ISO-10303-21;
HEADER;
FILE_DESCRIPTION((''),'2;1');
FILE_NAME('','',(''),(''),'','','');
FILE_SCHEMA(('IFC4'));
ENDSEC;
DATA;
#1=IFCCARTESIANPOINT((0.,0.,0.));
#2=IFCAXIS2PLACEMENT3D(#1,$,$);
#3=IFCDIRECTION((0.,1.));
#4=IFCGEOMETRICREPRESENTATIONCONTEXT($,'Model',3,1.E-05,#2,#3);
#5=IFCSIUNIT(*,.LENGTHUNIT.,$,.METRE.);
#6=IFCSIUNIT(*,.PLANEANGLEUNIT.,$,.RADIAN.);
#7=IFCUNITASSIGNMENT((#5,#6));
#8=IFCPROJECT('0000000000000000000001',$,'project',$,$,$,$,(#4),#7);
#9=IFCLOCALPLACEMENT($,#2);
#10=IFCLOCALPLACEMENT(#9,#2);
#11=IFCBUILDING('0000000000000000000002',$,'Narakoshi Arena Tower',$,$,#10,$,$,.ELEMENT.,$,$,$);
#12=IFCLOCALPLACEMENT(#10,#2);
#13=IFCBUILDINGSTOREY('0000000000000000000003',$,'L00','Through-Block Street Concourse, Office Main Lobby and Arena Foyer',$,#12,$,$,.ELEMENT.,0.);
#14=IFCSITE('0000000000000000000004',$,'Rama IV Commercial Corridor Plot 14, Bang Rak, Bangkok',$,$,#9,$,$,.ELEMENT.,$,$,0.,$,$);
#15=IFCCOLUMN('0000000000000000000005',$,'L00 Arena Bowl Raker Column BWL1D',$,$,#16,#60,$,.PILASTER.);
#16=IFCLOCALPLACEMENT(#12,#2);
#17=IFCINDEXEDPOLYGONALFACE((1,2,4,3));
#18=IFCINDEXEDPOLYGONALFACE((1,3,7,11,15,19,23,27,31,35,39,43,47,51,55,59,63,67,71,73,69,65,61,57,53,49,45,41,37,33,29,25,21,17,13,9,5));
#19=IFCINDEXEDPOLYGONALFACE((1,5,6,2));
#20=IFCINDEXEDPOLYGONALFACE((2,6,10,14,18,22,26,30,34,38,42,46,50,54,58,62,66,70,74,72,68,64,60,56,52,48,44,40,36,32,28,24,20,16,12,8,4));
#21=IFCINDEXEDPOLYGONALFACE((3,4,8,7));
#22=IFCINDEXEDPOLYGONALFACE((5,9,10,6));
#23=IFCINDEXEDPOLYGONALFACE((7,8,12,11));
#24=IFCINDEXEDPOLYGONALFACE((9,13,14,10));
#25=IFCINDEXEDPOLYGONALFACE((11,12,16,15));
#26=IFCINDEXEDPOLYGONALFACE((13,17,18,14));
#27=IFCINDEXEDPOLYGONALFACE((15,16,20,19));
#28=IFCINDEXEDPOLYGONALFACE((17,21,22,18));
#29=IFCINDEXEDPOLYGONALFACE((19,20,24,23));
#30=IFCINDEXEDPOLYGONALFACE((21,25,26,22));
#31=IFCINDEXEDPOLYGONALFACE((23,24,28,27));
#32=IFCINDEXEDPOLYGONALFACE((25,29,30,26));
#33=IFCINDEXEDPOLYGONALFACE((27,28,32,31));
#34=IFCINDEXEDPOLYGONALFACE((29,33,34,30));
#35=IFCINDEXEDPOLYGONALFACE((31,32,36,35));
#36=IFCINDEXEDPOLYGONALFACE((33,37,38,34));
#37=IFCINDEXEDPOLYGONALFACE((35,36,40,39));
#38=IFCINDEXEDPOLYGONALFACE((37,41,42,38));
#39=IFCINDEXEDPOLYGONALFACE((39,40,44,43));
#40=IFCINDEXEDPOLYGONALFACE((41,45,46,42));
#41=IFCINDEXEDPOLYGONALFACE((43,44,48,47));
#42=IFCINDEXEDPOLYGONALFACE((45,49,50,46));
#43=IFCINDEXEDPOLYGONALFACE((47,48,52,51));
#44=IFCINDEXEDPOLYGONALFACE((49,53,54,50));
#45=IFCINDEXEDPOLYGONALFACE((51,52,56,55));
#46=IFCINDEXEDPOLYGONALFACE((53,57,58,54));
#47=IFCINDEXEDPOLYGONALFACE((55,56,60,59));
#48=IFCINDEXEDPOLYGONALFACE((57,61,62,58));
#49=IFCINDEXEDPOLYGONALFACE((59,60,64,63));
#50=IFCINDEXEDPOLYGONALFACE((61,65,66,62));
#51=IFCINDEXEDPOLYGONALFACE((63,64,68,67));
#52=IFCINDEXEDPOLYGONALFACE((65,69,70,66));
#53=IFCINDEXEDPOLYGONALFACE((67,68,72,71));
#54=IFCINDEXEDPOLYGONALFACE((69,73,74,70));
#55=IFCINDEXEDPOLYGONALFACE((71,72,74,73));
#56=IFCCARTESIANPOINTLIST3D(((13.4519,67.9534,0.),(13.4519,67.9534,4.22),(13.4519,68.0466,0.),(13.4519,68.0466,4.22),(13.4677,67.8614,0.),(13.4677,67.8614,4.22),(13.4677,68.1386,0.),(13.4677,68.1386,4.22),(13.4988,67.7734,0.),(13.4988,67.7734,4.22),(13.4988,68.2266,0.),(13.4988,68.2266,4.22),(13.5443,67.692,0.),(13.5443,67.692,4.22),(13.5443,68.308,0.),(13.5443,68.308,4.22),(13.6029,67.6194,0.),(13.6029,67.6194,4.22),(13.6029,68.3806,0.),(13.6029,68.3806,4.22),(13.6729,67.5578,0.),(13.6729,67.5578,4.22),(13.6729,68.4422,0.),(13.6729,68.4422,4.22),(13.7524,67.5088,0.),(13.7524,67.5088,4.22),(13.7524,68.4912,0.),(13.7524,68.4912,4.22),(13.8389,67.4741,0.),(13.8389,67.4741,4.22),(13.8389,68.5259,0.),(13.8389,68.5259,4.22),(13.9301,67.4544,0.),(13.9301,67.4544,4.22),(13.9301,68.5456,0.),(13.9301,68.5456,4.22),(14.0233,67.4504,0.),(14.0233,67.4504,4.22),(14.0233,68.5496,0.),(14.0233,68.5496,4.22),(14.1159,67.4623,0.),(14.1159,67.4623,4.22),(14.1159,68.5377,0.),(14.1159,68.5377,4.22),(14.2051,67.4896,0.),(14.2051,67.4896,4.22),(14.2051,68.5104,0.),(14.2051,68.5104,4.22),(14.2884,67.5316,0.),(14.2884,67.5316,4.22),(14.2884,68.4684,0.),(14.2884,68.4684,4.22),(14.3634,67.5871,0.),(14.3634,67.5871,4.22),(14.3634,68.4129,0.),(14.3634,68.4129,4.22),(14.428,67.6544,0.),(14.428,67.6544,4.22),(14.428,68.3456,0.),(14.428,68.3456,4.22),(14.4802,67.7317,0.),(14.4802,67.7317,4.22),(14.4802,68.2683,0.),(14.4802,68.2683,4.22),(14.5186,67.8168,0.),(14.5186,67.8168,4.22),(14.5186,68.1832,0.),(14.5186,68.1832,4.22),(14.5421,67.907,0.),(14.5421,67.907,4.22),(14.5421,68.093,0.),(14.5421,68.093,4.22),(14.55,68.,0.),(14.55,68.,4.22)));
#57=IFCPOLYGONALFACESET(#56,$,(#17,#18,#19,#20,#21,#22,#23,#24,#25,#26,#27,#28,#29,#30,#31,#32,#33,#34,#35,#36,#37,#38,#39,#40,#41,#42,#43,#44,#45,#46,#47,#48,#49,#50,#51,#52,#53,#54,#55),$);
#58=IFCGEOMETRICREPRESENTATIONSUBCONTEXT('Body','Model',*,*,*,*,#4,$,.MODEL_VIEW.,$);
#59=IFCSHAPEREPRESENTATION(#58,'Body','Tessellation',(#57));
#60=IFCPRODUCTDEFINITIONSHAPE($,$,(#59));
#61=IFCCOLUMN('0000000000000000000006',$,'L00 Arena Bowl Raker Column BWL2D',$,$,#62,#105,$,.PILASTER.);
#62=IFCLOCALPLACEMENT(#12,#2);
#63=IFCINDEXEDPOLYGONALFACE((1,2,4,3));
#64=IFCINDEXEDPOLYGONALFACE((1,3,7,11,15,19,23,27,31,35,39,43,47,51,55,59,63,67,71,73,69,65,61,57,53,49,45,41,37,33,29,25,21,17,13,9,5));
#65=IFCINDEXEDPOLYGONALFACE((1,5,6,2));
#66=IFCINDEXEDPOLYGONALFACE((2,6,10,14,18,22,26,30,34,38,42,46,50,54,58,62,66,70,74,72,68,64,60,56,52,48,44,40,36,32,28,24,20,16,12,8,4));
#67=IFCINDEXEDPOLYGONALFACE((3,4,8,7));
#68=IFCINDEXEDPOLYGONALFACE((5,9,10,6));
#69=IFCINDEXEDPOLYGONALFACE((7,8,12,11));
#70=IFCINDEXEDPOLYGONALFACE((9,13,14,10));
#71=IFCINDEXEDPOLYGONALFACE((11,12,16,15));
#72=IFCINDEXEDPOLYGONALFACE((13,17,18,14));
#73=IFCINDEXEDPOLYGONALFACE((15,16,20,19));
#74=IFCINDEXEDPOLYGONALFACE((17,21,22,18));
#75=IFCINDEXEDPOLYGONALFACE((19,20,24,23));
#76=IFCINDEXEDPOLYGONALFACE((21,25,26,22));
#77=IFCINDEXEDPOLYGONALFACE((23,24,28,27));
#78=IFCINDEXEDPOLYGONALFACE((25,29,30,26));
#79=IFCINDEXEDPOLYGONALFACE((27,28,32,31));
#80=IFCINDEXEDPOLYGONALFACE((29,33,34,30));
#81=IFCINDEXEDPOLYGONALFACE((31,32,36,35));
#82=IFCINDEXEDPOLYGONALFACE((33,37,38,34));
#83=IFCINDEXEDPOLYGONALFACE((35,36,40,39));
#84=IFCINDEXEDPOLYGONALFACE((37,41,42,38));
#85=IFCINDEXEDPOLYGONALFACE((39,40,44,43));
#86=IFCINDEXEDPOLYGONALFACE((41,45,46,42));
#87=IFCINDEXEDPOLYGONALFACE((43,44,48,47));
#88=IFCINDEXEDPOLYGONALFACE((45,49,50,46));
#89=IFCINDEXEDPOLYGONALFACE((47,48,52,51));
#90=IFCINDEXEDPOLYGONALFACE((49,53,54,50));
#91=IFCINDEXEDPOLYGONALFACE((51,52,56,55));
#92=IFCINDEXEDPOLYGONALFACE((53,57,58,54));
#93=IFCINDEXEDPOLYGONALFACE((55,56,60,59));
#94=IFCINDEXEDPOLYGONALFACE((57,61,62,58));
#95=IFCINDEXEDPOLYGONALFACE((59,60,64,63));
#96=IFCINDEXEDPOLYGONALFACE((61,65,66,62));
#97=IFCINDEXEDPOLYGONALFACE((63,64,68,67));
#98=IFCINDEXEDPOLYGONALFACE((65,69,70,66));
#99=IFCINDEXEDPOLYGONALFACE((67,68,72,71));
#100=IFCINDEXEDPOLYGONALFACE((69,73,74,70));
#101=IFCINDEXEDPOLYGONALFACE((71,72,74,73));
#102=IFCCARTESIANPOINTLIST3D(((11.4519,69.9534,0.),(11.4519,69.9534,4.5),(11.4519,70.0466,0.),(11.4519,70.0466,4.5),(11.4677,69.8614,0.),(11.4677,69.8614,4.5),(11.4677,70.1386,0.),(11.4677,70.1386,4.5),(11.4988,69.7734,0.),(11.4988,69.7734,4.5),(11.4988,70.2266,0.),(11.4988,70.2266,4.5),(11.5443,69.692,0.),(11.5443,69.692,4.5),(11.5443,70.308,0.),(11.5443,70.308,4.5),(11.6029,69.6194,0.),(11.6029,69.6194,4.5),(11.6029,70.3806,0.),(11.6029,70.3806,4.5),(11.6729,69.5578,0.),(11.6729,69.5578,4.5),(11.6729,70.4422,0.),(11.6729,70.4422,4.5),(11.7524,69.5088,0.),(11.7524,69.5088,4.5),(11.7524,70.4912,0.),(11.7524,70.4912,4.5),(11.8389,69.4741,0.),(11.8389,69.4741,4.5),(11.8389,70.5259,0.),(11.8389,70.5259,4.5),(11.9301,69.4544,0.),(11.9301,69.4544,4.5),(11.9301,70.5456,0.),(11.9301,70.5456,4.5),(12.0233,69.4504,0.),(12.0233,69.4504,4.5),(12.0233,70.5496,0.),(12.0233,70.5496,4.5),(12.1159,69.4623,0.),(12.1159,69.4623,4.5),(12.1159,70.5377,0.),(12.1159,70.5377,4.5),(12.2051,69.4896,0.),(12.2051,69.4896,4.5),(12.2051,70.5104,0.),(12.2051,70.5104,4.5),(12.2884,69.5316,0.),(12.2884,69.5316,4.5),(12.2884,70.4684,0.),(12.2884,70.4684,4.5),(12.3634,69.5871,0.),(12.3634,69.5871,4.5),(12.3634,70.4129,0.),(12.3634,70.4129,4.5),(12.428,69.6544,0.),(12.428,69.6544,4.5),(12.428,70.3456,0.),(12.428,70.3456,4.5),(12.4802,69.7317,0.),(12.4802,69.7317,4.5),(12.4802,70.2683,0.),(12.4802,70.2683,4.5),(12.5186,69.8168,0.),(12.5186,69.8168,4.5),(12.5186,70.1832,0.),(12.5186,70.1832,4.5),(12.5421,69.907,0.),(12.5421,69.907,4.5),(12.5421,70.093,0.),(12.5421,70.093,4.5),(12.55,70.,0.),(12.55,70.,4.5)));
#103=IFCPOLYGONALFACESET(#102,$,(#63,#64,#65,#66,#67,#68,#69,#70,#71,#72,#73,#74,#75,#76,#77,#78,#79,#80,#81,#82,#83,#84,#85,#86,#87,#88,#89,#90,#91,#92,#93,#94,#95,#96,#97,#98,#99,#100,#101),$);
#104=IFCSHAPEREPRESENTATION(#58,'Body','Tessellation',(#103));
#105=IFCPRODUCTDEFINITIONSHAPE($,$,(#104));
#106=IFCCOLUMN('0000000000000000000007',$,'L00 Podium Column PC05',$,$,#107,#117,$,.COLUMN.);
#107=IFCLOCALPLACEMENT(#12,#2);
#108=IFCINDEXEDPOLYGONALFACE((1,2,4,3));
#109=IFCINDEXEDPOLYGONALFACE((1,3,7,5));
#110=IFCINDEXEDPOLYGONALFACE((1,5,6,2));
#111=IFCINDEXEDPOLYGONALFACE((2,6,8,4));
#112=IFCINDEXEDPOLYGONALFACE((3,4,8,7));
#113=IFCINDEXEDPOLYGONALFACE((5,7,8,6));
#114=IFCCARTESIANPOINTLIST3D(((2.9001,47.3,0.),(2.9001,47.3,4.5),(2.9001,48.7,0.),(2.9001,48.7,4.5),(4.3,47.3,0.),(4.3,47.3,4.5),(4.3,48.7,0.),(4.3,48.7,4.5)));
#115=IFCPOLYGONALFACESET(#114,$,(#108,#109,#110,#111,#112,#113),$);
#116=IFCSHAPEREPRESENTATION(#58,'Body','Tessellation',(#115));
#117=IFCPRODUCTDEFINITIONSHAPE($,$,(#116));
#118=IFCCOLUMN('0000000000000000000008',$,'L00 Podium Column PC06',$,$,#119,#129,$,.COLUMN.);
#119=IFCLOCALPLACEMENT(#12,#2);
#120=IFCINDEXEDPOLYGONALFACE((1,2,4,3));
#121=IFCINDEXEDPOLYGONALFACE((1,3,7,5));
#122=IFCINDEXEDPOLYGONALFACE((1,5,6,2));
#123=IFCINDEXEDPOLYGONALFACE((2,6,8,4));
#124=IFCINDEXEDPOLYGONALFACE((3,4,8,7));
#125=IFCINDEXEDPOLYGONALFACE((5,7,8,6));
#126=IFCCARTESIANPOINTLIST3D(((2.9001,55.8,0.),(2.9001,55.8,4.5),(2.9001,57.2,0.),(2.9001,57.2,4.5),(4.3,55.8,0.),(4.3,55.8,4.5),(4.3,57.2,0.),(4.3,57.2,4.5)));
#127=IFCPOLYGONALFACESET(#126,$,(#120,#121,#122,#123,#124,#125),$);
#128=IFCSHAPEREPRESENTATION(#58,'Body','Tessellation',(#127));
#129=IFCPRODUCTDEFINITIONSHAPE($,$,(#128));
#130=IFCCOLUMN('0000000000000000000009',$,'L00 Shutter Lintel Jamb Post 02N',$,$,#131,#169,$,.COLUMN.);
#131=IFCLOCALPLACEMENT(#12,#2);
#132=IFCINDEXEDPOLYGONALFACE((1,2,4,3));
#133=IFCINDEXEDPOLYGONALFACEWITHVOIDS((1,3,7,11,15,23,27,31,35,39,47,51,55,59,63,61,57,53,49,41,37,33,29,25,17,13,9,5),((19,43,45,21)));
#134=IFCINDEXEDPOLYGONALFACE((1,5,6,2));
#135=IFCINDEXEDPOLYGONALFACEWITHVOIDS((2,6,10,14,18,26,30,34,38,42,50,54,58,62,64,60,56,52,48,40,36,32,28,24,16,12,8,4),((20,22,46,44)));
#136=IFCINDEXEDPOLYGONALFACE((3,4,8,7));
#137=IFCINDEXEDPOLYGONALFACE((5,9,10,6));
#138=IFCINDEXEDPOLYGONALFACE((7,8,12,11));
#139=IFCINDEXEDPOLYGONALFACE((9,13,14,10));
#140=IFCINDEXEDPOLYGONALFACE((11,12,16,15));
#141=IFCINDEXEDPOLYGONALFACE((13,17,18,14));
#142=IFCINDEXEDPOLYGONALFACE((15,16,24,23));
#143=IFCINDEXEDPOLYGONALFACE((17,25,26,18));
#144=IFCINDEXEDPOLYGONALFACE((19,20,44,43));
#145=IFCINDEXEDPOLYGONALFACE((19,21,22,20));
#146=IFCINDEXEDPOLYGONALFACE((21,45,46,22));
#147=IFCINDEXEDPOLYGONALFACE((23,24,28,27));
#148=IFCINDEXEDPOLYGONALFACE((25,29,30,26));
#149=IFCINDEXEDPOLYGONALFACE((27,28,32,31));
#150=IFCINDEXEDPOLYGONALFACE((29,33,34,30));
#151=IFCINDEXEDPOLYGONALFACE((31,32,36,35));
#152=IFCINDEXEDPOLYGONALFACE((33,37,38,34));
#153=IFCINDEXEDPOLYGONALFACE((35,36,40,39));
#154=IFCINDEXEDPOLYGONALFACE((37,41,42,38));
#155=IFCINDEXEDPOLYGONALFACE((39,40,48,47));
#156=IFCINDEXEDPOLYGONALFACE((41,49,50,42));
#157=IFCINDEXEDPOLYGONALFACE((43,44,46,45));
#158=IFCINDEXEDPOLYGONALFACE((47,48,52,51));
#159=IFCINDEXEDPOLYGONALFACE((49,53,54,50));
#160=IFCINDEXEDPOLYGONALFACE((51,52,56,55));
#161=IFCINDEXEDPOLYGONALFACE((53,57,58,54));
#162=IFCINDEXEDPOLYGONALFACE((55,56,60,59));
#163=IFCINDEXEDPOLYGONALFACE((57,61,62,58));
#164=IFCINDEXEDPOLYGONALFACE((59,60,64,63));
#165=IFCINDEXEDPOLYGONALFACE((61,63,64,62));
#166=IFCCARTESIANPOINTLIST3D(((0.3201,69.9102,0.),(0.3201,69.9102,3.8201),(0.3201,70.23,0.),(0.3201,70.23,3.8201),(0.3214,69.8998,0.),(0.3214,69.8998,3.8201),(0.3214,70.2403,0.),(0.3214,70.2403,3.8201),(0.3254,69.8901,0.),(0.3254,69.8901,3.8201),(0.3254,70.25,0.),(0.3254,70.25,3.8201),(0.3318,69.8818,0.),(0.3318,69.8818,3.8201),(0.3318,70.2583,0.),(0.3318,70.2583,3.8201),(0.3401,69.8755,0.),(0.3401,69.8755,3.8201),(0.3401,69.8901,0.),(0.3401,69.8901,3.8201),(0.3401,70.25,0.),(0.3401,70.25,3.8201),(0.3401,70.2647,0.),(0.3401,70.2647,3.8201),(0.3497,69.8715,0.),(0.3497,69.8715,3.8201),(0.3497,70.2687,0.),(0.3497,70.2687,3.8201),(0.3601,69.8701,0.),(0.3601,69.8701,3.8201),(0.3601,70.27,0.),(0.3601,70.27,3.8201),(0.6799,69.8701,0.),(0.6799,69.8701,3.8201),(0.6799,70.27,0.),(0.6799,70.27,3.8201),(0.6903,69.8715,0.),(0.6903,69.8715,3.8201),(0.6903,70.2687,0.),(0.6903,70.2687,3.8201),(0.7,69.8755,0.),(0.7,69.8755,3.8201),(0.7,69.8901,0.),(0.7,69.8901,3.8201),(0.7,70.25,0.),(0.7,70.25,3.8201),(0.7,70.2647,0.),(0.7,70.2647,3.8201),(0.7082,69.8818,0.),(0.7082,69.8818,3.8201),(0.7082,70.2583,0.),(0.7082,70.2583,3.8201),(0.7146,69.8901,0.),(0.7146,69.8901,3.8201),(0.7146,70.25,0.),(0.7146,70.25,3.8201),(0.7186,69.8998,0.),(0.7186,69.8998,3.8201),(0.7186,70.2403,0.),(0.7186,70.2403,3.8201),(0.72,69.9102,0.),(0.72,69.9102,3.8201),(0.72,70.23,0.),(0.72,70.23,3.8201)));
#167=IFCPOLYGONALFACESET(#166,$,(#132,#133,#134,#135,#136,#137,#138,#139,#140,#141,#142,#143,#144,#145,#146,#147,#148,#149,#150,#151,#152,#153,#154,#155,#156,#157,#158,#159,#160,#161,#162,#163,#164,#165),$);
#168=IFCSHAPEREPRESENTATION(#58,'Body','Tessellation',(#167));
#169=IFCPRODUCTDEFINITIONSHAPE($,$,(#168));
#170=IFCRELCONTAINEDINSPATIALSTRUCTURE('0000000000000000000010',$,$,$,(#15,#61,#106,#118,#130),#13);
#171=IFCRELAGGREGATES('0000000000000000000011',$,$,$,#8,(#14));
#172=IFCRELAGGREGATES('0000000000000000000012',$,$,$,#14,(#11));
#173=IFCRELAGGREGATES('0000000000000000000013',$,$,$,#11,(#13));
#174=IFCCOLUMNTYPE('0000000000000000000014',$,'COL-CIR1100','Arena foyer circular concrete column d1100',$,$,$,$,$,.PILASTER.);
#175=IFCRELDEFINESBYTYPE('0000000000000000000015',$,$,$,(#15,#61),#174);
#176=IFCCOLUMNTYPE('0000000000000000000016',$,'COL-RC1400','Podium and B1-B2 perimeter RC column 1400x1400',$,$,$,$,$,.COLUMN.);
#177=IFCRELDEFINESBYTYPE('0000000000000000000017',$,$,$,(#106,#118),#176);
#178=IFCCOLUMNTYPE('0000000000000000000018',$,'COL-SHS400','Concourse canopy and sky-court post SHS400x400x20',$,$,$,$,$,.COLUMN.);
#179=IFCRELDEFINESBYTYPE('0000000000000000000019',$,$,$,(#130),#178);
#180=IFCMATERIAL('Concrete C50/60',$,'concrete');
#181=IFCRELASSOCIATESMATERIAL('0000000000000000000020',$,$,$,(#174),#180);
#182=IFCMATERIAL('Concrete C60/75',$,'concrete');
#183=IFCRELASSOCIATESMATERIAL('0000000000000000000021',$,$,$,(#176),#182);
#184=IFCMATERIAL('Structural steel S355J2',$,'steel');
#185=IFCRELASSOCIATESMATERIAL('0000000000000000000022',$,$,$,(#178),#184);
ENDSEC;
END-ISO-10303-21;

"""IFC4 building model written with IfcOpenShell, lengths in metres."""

from ifc_helpers import new_model, si_unit, direction, frame, origin, origin_2d, place, context, subcontext, project, spatial, rectangle, hollow_rectangle, circle, extrude, material, material_profile, profile_set, type_object, element, save


model = new_model("IFC4")

# Units and contexts
model_context = context("Model", 3, precision=1e-05, world=origin(), true_north=direction((0.0, 1.0)))
body_context = subcontext(model_context, "Body", "Model", "MODEL_VIEW")
ifc_project = project(units=[si_unit("LENGTHUNIT", "METRE"), si_unit("PLANEANGLEUNIT", "RADIAN")], contexts=[model_context])

# Site, building, storey
site_placement = place(None, origin())
site = spatial("IfcSite", under=ifc_project, at=site_placement, Name="Rama IV Commercial Corridor Plot 14, Bang Rak, Bangkok", CompositionType="ELEMENT", RefElevation=0.0)
building_placement = place(site_placement, origin())
building = spatial("IfcBuilding", under=site, at=building_placement, Name="Narakoshi Arena Tower", CompositionType="ELEMENT")
storey_placement = place(building_placement, origin())
storey = spatial("IfcBuildingStorey", under=building, at=storey_placement, Name="L00", Description="Through-Block Street Concourse, Office Main Lobby and Arena Foyer", CompositionType="ELEMENT", Elevation=0.0)

# Columns
ifc_material_1 = material(Name="Concrete C50/60", Category="concrete")
ifc_material_profile_1 = material_profile(ifc_material_1, circle(Radius=0.55, at=origin_2d()), Name="RCC1100")
ifc_profile_set_1 = profile_set([ifc_material_profile_1], Name="Concrete C50/60")
column_type_1 = type_object("IfcColumnType", Name="COL-CIR1100", Description="Arena foyer circular concrete column d1100", PredefinedType="PILASTER", material=ifc_profile_set_1)
column_1_placement = place(storey_placement, frame((14.0, 68.0, 0.0), z_axis=(0.0, 0.0, 1.0), x_axis=(1.0, 0.0, 0.0)))
element("IfcColumn", 1, at=column_1_placement, inside=storey, type_object=column_type_1, Name="L00 Arena Bowl Raker Column BWL1D", PredefinedType="PILASTER", context=body_context, shape_type="SweptSolid", body=[
    extrude(circle(Radius=0.55, at=origin_2d()), origin(), (0.0, 0.0, 1.0), 4.22),
])
column_2_placement = place(storey_placement, frame((12.0, 70.0, 0.0), z_axis=(0.0, 0.0, 1.0), x_axis=(1.0, 0.0, 0.0)))
element("IfcColumn", 2, at=column_2_placement, inside=storey, type_object=column_type_1, Name="L00 Arena Bowl Raker Column BWL2D", PredefinedType="PILASTER", context=body_context, shape_type="SweptSolid", body=[
    extrude(circle(Radius=0.55, at=origin_2d()), origin(), (0.0, 0.0, 1.0), 4.5),
])
ifc_material_2 = material(Name="Concrete C60/75", Category="concrete")
ifc_material_profile_2 = material_profile(ifc_material_2, rectangle(XDim=1.3999, YDim=1.3999, at=origin_2d()), Name="RC1400x1400")
ifc_profile_set_2 = profile_set([ifc_material_profile_2], Name="Concrete C60/75")
column_type_2 = type_object("IfcColumnType", Name="COL-RC1400", Description="Podium and B1-B2 perimeter RC column 1400x1400", PredefinedType="COLUMN", material=ifc_profile_set_2)
for number, where, z_axis, x_axis, name in (
    (3, (3.6001, 48.0, 0.0), (0.0, 0.0, 1.0), (1.0, 0.0, 0.0), "L00 Podium Column PC05"),
    (4, (3.6001, 56.5, 0.0), (0.0, 0.0, 1.0), (1.0, 0.0, 0.0), "L00 Podium Column PC06"),
):
    element("IfcColumn", number, at=place(storey_placement, frame(where, z_axis=z_axis, x_axis=x_axis)), inside=storey, type_object=column_type_2, Name=name, PredefinedType="COLUMN", context=body_context, shape_type="SweptSolid", body=[
        extrude(rectangle(XDim=1.3999, YDim=1.3999, at=origin_2d()), origin(), (0.0, 0.0, 1.0), 4.5),
    ])
ifc_material_3 = material(Name="Structural steel S355J2", Category="steel")
ifc_material_profile_3 = material_profile(ifc_material_3, hollow_rectangle(XDim=0.3999, YDim=0.3999, WallThickness=0.02, OuterFilletRadius=0.04, at=origin_2d()), Name="SHS400x400x20")
ifc_profile_set_3 = profile_set([ifc_material_profile_3], Name="Structural steel S355J2")
column_type_3 = type_object("IfcColumnType", Name="COL-SHS400", Description="Concourse canopy and sky-court post SHS400x400x20", PredefinedType="COLUMN", material=ifc_profile_set_3)
for number, where, z_axis, x_axis, name in (
    (5, (0.52, 70.0701, 0.0), (0.0, 0.0, 1.0), (1.0, 0.0, 0.0), "L00 Shutter Lintel Jamb Post 02N"),
):
    element("IfcColumn", number, at=place(storey_placement, frame(where, z_axis=z_axis, x_axis=x_axis)), inside=storey, type_object=column_type_3, Name=name, PredefinedType="COLUMN", context=body_context, shape_type="SweptSolid", body=[
        extrude(hollow_rectangle(XDim=0.3999, YDim=0.3999, WallThickness=0.02, OuterFilletRadius=0.04, at=origin_2d()), origin(), (0.0, 0.0, 1.0), 3.8201),
    ])

save(model, "model.ifc")
